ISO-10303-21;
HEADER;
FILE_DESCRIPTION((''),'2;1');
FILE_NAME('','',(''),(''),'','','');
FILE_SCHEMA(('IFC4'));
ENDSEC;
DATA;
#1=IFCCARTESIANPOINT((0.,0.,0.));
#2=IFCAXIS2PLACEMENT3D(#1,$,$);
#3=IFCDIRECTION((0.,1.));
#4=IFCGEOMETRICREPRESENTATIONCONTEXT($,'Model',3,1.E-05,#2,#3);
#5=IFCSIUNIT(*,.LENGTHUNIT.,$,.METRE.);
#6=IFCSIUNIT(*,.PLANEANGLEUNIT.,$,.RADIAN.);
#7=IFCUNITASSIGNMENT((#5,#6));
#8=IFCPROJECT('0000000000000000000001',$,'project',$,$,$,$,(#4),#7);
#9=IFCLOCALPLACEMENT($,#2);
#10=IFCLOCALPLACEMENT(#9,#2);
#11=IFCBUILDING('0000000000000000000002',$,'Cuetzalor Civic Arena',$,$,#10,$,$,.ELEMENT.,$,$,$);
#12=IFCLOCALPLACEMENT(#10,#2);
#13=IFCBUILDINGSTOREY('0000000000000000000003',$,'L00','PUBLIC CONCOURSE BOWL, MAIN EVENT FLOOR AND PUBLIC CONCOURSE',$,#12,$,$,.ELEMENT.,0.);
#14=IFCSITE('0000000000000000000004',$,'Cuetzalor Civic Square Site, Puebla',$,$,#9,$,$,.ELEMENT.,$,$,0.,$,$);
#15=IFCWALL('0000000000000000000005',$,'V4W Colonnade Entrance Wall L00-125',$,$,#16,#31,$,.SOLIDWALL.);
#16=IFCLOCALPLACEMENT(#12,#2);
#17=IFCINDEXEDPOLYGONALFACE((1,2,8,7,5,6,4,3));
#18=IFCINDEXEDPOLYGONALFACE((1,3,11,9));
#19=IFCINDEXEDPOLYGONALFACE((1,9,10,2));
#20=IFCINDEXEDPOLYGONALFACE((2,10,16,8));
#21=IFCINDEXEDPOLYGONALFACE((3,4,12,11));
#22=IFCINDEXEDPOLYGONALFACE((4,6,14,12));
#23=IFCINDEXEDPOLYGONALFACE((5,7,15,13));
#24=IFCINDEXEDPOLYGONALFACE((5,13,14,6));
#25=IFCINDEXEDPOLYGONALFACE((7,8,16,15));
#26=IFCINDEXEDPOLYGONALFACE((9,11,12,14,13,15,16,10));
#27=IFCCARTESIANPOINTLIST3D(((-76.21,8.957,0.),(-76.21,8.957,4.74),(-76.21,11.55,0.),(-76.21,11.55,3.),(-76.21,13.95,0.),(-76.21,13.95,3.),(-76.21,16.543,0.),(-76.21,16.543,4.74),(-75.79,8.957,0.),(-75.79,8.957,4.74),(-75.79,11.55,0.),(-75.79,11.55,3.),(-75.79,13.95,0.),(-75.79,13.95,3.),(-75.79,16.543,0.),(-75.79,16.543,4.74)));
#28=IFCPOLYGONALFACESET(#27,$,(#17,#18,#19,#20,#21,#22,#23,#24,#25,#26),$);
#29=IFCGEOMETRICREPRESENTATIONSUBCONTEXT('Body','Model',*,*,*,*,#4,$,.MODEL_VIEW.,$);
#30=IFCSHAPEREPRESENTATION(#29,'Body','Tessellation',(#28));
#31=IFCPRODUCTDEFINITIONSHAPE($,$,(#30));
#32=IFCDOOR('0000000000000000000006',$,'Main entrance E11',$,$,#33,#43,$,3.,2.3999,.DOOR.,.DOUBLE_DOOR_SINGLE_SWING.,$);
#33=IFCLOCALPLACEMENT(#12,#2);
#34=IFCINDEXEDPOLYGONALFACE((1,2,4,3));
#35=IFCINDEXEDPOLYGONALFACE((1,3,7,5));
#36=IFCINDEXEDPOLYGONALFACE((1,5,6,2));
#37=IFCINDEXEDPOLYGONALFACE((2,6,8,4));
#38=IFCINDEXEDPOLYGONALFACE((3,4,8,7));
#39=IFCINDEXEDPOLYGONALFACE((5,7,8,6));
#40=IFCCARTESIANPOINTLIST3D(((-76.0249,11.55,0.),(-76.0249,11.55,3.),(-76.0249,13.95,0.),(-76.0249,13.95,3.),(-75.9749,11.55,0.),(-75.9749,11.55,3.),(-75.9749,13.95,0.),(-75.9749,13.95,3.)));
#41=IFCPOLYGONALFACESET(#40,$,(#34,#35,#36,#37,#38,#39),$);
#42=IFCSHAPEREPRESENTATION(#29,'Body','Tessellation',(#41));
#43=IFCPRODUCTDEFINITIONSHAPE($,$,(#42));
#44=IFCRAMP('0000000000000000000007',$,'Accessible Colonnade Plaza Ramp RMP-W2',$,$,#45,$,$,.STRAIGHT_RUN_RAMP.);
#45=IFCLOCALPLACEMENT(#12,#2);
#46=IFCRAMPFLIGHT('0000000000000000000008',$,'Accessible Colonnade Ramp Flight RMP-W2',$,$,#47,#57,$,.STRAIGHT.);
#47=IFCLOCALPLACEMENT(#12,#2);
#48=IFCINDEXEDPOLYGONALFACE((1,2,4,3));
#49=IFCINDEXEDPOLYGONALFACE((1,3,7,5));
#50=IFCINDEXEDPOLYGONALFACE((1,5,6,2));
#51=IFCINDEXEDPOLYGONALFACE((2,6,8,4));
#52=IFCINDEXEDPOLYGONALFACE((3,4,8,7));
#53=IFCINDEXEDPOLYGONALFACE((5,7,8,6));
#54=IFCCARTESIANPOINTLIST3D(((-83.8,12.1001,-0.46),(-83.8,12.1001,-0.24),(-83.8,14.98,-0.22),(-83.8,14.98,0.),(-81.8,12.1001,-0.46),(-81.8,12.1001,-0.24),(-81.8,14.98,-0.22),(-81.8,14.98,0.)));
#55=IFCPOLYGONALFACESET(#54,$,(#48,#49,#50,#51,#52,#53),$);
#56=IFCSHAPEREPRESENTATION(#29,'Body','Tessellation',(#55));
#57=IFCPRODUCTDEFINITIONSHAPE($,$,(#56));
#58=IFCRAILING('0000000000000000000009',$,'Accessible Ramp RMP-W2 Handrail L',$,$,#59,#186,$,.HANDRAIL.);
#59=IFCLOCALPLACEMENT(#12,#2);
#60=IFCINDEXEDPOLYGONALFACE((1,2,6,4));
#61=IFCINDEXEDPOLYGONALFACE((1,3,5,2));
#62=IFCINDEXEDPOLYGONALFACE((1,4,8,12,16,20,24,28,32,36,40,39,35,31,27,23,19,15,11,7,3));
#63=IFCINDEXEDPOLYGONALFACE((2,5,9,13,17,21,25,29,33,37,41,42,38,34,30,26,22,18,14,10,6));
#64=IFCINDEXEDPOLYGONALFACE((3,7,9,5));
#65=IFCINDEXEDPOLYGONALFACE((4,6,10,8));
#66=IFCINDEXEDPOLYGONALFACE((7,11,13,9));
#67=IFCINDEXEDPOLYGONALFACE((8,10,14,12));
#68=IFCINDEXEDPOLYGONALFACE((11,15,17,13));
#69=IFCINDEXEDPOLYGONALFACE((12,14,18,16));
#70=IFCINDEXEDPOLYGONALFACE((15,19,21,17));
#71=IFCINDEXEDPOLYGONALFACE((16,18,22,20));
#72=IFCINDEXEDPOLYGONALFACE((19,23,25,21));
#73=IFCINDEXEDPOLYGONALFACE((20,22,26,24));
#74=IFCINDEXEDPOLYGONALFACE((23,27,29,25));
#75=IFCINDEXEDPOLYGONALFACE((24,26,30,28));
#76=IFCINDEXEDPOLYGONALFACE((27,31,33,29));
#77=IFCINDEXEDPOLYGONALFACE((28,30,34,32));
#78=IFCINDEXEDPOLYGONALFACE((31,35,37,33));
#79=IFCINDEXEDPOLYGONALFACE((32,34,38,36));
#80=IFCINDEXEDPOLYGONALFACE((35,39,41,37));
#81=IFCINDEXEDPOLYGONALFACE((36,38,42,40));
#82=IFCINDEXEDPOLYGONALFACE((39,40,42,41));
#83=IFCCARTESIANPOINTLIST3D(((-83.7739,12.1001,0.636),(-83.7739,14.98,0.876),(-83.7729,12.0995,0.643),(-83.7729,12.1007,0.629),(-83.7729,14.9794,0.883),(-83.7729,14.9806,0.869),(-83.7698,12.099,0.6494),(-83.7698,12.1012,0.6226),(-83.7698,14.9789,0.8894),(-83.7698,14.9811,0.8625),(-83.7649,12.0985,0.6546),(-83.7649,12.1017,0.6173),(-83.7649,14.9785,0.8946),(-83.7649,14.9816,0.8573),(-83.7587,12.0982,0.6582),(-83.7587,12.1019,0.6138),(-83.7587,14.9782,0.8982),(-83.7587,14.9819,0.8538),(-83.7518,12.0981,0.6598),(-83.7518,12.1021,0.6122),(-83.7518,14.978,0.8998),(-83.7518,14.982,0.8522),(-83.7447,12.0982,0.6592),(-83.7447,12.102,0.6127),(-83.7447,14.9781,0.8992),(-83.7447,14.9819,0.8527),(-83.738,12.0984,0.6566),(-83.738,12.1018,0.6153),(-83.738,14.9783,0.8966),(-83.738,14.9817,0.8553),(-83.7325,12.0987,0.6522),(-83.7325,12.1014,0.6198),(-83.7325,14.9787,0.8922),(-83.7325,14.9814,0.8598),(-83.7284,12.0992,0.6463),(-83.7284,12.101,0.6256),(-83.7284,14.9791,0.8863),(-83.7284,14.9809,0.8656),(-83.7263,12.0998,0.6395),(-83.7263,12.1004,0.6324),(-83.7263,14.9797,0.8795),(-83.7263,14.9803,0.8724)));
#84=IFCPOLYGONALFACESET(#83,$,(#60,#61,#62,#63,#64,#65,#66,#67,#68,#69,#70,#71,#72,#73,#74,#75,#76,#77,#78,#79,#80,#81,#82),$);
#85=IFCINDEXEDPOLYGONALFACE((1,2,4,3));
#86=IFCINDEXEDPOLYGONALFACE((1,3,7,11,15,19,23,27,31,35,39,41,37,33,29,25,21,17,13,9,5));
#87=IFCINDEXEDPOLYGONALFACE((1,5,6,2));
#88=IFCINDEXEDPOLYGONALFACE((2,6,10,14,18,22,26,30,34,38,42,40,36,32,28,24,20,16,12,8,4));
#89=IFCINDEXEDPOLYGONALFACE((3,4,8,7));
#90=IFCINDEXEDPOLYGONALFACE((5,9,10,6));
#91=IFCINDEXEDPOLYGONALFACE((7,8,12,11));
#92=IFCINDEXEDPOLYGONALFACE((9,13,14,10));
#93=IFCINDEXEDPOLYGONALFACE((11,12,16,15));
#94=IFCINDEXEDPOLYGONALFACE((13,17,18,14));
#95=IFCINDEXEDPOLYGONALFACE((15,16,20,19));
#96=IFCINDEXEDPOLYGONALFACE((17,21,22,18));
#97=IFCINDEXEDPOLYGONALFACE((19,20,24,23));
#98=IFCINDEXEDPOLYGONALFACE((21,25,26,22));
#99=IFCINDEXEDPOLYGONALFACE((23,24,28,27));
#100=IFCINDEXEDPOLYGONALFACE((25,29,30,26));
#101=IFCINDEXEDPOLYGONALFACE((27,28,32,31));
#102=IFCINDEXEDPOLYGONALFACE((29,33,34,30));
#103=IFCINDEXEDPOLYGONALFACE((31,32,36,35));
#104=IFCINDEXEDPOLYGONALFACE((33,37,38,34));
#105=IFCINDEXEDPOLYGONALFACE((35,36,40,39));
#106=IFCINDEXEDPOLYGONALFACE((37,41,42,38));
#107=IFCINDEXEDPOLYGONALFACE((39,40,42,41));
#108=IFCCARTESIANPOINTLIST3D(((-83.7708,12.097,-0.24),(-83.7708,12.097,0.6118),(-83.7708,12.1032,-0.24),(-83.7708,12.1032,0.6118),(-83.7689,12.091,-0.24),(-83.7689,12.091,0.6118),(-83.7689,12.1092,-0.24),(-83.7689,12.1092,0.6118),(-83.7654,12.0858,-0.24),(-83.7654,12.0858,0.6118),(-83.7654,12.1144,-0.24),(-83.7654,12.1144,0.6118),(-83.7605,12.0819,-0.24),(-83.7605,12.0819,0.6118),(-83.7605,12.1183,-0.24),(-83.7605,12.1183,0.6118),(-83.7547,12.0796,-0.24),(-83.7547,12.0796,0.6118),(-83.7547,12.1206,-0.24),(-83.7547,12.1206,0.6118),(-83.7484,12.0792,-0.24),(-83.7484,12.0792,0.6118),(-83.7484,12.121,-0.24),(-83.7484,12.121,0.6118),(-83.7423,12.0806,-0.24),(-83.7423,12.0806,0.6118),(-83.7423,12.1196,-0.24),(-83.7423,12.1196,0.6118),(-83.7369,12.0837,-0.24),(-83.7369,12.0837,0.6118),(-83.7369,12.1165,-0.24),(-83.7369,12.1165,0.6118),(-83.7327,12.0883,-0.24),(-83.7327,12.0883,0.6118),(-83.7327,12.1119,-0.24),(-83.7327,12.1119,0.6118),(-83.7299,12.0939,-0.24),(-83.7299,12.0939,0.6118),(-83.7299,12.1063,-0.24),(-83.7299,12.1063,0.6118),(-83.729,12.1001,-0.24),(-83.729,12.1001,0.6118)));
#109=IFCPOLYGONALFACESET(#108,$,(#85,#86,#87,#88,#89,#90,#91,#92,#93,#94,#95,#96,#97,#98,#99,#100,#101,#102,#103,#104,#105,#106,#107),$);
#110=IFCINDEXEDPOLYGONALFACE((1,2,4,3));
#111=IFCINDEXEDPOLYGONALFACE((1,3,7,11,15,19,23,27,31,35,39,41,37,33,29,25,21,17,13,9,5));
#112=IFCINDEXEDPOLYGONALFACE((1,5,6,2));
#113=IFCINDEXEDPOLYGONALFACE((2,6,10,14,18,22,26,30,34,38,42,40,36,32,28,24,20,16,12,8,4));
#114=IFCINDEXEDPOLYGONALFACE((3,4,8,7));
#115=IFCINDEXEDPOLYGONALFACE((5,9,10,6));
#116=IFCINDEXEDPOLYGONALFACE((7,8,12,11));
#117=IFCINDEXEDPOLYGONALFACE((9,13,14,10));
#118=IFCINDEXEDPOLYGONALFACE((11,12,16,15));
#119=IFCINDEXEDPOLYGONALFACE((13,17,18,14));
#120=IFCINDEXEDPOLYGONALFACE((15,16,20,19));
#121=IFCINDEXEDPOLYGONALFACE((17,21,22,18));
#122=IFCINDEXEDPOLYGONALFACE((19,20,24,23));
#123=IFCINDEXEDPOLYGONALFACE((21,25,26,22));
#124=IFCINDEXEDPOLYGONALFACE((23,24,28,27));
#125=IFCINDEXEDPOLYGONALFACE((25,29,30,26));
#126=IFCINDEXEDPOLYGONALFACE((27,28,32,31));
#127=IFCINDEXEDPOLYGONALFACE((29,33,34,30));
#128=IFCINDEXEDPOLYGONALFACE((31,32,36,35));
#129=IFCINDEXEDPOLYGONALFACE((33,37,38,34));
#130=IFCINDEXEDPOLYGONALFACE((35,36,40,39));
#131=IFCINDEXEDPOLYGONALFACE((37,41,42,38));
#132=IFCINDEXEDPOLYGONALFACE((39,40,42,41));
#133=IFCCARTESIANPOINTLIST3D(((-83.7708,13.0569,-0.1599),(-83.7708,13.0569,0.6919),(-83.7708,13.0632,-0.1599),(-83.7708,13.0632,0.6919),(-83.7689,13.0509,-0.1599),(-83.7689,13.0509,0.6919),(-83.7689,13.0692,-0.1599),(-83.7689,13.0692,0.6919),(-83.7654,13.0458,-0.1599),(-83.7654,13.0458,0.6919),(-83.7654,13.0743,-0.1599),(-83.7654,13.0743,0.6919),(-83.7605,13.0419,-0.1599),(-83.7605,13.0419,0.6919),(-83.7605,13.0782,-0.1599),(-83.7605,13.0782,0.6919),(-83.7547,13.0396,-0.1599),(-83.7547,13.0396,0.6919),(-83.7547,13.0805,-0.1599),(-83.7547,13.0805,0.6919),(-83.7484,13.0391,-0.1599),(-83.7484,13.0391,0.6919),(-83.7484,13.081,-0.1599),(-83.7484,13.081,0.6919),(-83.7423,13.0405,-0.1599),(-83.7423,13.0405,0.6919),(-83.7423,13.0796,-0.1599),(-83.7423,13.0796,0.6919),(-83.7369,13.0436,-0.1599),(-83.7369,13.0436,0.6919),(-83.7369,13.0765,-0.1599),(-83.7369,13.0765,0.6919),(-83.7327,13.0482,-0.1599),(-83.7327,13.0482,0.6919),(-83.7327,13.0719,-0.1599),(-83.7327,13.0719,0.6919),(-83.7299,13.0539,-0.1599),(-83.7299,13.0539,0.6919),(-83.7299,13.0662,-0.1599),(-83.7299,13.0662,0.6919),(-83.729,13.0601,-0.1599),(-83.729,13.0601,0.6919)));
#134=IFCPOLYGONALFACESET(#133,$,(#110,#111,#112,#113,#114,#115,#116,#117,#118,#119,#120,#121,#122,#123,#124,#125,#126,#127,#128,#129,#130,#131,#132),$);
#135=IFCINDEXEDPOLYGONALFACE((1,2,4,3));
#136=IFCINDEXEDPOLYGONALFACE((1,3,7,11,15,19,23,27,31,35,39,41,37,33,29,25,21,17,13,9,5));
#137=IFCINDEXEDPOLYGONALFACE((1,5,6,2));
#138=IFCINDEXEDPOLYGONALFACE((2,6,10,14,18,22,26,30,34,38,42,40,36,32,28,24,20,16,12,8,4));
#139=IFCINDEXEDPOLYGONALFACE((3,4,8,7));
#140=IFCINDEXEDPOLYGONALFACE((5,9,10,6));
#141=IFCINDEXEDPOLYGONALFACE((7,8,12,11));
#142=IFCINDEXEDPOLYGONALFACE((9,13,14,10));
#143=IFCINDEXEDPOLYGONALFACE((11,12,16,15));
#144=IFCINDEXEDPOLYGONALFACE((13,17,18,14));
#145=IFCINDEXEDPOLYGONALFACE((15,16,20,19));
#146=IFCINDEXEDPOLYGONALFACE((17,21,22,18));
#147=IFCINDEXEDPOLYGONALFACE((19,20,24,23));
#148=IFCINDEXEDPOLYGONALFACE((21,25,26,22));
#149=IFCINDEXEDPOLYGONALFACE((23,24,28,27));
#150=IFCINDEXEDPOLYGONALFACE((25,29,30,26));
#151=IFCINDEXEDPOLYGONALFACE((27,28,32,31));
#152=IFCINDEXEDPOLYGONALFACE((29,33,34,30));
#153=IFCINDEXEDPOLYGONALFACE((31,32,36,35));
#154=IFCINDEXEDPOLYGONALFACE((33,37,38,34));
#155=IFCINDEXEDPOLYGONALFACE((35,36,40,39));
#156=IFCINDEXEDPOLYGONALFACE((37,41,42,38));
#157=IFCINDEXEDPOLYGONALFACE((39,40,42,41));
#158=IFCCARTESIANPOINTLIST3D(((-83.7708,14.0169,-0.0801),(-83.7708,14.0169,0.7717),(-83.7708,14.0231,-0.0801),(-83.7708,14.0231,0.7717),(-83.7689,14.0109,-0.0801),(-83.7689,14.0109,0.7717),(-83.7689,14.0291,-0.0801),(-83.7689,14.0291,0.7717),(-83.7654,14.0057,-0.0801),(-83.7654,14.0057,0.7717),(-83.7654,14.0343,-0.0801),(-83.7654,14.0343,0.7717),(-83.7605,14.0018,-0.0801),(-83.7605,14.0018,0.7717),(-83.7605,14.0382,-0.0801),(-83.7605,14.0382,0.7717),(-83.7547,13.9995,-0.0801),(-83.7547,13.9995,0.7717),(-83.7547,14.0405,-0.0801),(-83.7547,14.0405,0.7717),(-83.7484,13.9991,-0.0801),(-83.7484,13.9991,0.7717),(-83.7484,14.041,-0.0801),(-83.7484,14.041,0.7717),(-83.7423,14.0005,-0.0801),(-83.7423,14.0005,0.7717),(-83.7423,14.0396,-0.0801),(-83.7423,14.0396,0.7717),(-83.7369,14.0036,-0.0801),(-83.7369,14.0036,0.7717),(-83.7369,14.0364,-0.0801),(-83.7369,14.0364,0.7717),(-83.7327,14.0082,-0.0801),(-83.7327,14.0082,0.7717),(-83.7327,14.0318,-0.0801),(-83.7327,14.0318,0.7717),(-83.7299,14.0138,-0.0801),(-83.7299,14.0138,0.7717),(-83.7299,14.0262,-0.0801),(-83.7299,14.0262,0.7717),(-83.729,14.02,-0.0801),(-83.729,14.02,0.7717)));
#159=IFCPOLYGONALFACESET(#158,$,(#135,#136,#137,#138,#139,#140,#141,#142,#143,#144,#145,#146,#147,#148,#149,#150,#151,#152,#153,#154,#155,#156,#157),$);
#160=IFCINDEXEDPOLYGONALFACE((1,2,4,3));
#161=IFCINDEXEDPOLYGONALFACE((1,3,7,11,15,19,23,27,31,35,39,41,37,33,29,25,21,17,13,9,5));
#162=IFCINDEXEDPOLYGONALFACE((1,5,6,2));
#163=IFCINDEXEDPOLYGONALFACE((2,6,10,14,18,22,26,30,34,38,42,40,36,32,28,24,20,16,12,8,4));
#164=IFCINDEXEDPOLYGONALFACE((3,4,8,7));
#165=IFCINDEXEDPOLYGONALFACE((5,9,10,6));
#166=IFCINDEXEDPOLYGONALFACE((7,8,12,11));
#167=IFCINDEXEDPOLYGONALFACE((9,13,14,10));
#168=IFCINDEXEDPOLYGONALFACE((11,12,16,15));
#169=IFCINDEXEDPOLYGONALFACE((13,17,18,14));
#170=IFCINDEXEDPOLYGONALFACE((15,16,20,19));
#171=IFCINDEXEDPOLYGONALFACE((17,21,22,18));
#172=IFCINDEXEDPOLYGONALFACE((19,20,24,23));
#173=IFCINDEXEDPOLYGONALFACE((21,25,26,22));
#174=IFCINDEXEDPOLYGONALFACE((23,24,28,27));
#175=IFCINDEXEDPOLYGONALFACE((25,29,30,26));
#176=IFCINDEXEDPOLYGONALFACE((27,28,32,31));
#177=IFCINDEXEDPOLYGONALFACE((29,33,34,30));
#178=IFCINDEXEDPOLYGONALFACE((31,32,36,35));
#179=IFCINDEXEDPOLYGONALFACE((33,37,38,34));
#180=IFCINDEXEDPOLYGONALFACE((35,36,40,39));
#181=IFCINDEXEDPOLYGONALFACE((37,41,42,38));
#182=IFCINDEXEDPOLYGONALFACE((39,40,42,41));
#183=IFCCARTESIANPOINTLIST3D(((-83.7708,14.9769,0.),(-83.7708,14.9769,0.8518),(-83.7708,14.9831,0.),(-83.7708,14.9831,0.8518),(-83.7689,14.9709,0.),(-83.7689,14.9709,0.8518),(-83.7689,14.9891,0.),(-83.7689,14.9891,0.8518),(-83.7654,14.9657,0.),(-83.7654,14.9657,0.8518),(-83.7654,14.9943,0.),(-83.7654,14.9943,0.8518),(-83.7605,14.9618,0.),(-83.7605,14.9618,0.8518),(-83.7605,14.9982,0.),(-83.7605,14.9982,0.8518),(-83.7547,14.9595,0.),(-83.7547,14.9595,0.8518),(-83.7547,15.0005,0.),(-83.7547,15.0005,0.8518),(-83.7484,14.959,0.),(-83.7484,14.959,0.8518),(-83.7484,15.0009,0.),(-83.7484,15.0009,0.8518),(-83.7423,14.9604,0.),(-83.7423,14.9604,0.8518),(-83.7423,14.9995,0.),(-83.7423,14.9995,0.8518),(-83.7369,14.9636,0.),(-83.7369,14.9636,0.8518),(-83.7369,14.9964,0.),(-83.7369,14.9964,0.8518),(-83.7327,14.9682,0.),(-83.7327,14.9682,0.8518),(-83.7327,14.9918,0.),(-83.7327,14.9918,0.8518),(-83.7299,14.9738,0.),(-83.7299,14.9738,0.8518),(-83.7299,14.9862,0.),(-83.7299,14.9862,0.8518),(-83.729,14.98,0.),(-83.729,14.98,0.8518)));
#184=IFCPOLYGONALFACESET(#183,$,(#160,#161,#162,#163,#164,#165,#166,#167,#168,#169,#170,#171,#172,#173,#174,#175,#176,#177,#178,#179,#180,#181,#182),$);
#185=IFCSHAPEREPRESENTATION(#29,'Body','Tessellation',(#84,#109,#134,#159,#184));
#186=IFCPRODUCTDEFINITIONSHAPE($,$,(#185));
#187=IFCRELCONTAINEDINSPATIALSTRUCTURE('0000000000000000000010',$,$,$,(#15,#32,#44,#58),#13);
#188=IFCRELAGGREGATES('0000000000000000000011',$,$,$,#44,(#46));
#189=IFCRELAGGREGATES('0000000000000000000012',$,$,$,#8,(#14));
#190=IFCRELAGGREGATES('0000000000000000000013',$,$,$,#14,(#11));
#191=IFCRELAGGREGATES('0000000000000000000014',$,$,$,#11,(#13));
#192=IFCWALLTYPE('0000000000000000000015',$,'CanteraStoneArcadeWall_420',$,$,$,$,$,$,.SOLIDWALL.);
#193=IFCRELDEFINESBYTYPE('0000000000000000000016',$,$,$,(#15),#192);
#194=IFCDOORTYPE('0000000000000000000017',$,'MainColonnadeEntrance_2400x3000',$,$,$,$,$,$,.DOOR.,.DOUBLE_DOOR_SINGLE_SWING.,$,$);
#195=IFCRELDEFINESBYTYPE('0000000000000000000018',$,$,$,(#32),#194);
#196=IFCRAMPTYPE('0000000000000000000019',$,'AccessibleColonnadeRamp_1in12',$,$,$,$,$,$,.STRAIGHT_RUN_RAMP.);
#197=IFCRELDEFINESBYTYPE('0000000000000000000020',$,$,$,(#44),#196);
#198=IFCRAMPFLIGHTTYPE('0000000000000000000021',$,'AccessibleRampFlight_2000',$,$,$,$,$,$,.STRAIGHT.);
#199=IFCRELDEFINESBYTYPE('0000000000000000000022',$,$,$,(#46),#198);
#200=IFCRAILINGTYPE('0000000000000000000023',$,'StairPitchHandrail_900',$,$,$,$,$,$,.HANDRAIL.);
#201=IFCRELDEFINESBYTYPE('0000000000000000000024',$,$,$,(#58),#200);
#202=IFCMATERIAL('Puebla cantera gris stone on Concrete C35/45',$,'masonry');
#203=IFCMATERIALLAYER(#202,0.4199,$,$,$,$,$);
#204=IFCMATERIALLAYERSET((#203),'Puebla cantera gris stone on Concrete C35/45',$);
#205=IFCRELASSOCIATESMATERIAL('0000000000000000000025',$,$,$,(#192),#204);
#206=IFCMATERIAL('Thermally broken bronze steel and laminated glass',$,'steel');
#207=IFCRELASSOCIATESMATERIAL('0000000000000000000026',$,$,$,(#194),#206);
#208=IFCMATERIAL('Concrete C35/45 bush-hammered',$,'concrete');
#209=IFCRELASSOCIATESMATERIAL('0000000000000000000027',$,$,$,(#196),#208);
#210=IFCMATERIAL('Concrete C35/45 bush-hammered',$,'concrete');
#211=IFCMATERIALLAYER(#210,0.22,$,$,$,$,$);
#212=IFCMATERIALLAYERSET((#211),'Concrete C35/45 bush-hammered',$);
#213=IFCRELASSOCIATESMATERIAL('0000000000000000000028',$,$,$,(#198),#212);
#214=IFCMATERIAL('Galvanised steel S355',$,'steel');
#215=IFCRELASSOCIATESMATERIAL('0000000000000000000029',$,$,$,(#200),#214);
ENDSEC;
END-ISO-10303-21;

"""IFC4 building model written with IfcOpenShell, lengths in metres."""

from ifc_helpers import new_model, si_unit, direction, frame, frame_2d, origin, origin_2d, place, context, subcontext, project, spatial, polyline, rectangle, circle, outline, extrude, material, layer, layer_set, type_object, element, fill, aggregate, save


model = new_model("IFC4")

# Units and contexts
model_context = context("Model", 3, precision=1e-05, world=origin(), true_north=direction((0.0, 1.0)))
body_context = subcontext(model_context, "Body", "Model", "MODEL_VIEW")
ifc_project = project(units=[si_unit("LENGTHUNIT", "METRE"), si_unit("PLANEANGLEUNIT", "RADIAN")], contexts=[model_context])

# Site, building, storey
site_placement = place(None, origin())
site = spatial("IfcSite", under=ifc_project, at=site_placement, Name="Cuetzalor Civic Square Site, Puebla", CompositionType="ELEMENT", RefElevation=0.0)
building_placement = place(site_placement, origin())
building = spatial("IfcBuilding", under=site, at=building_placement, Name="Cuetzalor Civic Arena", CompositionType="ELEMENT")
storey_placement = place(building_placement, origin())
storey = spatial("IfcBuildingStorey", under=building, at=storey_placement, Name="L00", Description="PUBLIC CONCOURSE BOWL, MAIN EVENT FLOOR AND PUBLIC CONCOURSE", CompositionType="ELEMENT", Elevation=0.0)

# Wall, opening, door
ifc_material_1 = material(Name="Puebla cantera gris stone on Concrete C35/45", Category="masonry")
ifc_layer_1 = layer(ifc_material_1, 0.4199)
ifc_layer_set_1 = layer_set([ifc_layer_1], Name="Puebla cantera gris stone on Concrete C35/45")
wall_type = type_object("IfcWallType", Name="CanteraStoneArcadeWall_420", PredefinedType="SOLIDWALL", material=ifc_layer_set_1)
wall_placement = place(storey_placement, frame((-76.0, 8.957, 0.0), z_axis=(0.0, 0.0, 1.0), x_axis=(0.0, 1.0, 0.0)))
wall = element("IfcWall", 1, at=wall_placement, inside=storey, type_object=wall_type, Name="V4W Colonnade Entrance Wall L00-125", PredefinedType="SOLIDWALL", context=body_context, shape_type="SweptSolid", body=[
    extrude(rectangle(XDim=7.5859, YDim=0.4199, at=frame_2d((3.793, 0.0))), origin(), (0.0, 0.0, 1.0), 4.74),
])
opening_placement = place(wall_placement, frame((2.593, 0.0, 0.0)))
opening = element("IfcOpeningElement", 2, at=opening_placement, cuts=wall, PredefinedType="OPENING", context=body_context, shape_type="SweptSolid", body=[
    extrude(rectangle(XDim=2.3999, YDim=3.0, at=frame_2d((1.2, 1.5))), frame((0.0, 0.22, 0.0), z_axis=(0.0, -1.0, 0.0), x_axis=(1.0, 0.0, 0.0)), (0.0, 0.0, 1.0), 0.4399),
])
ifc_material_2 = material(Name="Thermally broken bronze steel and laminated glass", Category="steel")
door_type = type_object("IfcDoorType", Name="MainColonnadeEntrance_2400x3000", OperationType="DOUBLE_DOOR_SINGLE_SWING", PredefinedType="DOOR", material=ifc_material_2)
door_placement = place(opening_placement, origin())
door = element("IfcDoor", 3, at=door_placement, inside=storey, type_object=door_type, Name="Main entrance E11", OperationType="DOUBLE_DOOR_SINGLE_SWING", OverallHeight=3.0, OverallWidth=2.3999, PredefinedType="DOOR", context=body_context, shape_type="SweptSolid", body=[
    extrude(rectangle(XDim=2.3999, YDim=3.0, at=frame_2d((1.2, 1.5))), frame((0.0, 0.0249, 0.0), z_axis=(0.0, -1.0, 0.0), x_axis=(1.0, 0.0, 0.0)), (0.0, 0.0, 1.0), 0.05),
])
fill(opening, door)

# Ramp, ramp flight
ifc_material_3 = material(Name="Concrete C35/45 bush-hammered", Category="concrete")
ramp_type = type_object("IfcRampType", Name="AccessibleColonnadeRamp_1in12", PredefinedType="STRAIGHT_RUN_RAMP", material=ifc_material_3)
ramp_placement = place(storey_placement, origin())
ramp = element("IfcRamp", 4, at=ramp_placement, inside=storey, type_object=ramp_type, Name="Accessible Colonnade Plaza Ramp RMP-W2", PredefinedType="STRAIGHT_RUN_RAMP")
ifc_material_4 = material(Name="Concrete C35/45 bush-hammered", Category="concrete")
ifc_layer_2 = layer(ifc_material_4, 0.22)
ifc_layer_set_2 = layer_set([ifc_layer_2], Name="Concrete C35/45 bush-hammered")
ramp_flight_type = type_object("IfcRampFlightType", Name="AccessibleRampFlight_2000", PredefinedType="STRAIGHT", material=ifc_layer_set_2)
ramp_flight_placement = place(storey_placement, frame((-82.8, 12.1001, -0.24), z_axis=(0.0, 0.0, 1.0), x_axis=(0.0, 1.0, 0.0)))
ramp_flight = element("IfcRampFlight", 5, at=ramp_flight_placement, type_object=ramp_flight_type, Name="Accessible Colonnade Ramp Flight RMP-W2", PredefinedType="STRAIGHT", context=body_context, shape_type="SweptSolid", body=[
    extrude(outline(polyline([(0.0, 0.0), (2.8799, 0.24), (2.8799, 0.02), (0.0, -0.22), (0.0, 0.0)])), frame((0.0, 1.0, 0.0), z_axis=(0.0, -1.0, 0.0), x_axis=(1.0, 0.0, 0.0)), (0.0, 0.0, 1.0), 2.0),
])
aggregate(ramp, [ramp_flight])

# Railing
ifc_material_5 = material(Name="Galvanised steel S355", Category="steel")
railing_type = type_object("IfcRailingType", Name="StairPitchHandrail_900", PredefinedType="HANDRAIL", material=ifc_material_5)
for number, where, name in (
    (6, (-83.75, 12.1001, -0.24), "Accessible Ramp RMP-W2 Handrail L"),
):
    element("IfcRailing", number, at=place(storey_placement, frame(where)), inside=storey, type_object=railing_type, Name=name, PredefinedType="HANDRAIL", context=body_context, shape_type="SweptSolid", body=[
        extrude(circle(Radius=0.0239, at=origin_2d()), frame((0.0, 0.0, 0.876), z_axis=(0.0, 0.996546, 0.083045), x_axis=(-1.0, 0.0, 0.0)), (0.0, 0.0, 1.0), 2.8899),
        extrude(circle(Radius=0.021, at=origin_2d()), origin(), (0.0, 0.0, 1.0), 0.8518),
        extrude(circle(Radius=0.021, at=origin_2d()), frame((0.0, 0.96, 0.0801)), (0.0, 0.0, 1.0), 0.8518),
        extrude(circle(Radius=0.021, at=origin_2d()), frame((0.0, 1.9199, 0.1599)), (0.0, 0.0, 1.0), 0.8518),
        extrude(circle(Radius=0.021, at=origin_2d()), frame((0.0, 2.8799, 0.24)), (0.0, 0.0, 1.0), 0.8518),
    ])

save(model, "model.ifc")
